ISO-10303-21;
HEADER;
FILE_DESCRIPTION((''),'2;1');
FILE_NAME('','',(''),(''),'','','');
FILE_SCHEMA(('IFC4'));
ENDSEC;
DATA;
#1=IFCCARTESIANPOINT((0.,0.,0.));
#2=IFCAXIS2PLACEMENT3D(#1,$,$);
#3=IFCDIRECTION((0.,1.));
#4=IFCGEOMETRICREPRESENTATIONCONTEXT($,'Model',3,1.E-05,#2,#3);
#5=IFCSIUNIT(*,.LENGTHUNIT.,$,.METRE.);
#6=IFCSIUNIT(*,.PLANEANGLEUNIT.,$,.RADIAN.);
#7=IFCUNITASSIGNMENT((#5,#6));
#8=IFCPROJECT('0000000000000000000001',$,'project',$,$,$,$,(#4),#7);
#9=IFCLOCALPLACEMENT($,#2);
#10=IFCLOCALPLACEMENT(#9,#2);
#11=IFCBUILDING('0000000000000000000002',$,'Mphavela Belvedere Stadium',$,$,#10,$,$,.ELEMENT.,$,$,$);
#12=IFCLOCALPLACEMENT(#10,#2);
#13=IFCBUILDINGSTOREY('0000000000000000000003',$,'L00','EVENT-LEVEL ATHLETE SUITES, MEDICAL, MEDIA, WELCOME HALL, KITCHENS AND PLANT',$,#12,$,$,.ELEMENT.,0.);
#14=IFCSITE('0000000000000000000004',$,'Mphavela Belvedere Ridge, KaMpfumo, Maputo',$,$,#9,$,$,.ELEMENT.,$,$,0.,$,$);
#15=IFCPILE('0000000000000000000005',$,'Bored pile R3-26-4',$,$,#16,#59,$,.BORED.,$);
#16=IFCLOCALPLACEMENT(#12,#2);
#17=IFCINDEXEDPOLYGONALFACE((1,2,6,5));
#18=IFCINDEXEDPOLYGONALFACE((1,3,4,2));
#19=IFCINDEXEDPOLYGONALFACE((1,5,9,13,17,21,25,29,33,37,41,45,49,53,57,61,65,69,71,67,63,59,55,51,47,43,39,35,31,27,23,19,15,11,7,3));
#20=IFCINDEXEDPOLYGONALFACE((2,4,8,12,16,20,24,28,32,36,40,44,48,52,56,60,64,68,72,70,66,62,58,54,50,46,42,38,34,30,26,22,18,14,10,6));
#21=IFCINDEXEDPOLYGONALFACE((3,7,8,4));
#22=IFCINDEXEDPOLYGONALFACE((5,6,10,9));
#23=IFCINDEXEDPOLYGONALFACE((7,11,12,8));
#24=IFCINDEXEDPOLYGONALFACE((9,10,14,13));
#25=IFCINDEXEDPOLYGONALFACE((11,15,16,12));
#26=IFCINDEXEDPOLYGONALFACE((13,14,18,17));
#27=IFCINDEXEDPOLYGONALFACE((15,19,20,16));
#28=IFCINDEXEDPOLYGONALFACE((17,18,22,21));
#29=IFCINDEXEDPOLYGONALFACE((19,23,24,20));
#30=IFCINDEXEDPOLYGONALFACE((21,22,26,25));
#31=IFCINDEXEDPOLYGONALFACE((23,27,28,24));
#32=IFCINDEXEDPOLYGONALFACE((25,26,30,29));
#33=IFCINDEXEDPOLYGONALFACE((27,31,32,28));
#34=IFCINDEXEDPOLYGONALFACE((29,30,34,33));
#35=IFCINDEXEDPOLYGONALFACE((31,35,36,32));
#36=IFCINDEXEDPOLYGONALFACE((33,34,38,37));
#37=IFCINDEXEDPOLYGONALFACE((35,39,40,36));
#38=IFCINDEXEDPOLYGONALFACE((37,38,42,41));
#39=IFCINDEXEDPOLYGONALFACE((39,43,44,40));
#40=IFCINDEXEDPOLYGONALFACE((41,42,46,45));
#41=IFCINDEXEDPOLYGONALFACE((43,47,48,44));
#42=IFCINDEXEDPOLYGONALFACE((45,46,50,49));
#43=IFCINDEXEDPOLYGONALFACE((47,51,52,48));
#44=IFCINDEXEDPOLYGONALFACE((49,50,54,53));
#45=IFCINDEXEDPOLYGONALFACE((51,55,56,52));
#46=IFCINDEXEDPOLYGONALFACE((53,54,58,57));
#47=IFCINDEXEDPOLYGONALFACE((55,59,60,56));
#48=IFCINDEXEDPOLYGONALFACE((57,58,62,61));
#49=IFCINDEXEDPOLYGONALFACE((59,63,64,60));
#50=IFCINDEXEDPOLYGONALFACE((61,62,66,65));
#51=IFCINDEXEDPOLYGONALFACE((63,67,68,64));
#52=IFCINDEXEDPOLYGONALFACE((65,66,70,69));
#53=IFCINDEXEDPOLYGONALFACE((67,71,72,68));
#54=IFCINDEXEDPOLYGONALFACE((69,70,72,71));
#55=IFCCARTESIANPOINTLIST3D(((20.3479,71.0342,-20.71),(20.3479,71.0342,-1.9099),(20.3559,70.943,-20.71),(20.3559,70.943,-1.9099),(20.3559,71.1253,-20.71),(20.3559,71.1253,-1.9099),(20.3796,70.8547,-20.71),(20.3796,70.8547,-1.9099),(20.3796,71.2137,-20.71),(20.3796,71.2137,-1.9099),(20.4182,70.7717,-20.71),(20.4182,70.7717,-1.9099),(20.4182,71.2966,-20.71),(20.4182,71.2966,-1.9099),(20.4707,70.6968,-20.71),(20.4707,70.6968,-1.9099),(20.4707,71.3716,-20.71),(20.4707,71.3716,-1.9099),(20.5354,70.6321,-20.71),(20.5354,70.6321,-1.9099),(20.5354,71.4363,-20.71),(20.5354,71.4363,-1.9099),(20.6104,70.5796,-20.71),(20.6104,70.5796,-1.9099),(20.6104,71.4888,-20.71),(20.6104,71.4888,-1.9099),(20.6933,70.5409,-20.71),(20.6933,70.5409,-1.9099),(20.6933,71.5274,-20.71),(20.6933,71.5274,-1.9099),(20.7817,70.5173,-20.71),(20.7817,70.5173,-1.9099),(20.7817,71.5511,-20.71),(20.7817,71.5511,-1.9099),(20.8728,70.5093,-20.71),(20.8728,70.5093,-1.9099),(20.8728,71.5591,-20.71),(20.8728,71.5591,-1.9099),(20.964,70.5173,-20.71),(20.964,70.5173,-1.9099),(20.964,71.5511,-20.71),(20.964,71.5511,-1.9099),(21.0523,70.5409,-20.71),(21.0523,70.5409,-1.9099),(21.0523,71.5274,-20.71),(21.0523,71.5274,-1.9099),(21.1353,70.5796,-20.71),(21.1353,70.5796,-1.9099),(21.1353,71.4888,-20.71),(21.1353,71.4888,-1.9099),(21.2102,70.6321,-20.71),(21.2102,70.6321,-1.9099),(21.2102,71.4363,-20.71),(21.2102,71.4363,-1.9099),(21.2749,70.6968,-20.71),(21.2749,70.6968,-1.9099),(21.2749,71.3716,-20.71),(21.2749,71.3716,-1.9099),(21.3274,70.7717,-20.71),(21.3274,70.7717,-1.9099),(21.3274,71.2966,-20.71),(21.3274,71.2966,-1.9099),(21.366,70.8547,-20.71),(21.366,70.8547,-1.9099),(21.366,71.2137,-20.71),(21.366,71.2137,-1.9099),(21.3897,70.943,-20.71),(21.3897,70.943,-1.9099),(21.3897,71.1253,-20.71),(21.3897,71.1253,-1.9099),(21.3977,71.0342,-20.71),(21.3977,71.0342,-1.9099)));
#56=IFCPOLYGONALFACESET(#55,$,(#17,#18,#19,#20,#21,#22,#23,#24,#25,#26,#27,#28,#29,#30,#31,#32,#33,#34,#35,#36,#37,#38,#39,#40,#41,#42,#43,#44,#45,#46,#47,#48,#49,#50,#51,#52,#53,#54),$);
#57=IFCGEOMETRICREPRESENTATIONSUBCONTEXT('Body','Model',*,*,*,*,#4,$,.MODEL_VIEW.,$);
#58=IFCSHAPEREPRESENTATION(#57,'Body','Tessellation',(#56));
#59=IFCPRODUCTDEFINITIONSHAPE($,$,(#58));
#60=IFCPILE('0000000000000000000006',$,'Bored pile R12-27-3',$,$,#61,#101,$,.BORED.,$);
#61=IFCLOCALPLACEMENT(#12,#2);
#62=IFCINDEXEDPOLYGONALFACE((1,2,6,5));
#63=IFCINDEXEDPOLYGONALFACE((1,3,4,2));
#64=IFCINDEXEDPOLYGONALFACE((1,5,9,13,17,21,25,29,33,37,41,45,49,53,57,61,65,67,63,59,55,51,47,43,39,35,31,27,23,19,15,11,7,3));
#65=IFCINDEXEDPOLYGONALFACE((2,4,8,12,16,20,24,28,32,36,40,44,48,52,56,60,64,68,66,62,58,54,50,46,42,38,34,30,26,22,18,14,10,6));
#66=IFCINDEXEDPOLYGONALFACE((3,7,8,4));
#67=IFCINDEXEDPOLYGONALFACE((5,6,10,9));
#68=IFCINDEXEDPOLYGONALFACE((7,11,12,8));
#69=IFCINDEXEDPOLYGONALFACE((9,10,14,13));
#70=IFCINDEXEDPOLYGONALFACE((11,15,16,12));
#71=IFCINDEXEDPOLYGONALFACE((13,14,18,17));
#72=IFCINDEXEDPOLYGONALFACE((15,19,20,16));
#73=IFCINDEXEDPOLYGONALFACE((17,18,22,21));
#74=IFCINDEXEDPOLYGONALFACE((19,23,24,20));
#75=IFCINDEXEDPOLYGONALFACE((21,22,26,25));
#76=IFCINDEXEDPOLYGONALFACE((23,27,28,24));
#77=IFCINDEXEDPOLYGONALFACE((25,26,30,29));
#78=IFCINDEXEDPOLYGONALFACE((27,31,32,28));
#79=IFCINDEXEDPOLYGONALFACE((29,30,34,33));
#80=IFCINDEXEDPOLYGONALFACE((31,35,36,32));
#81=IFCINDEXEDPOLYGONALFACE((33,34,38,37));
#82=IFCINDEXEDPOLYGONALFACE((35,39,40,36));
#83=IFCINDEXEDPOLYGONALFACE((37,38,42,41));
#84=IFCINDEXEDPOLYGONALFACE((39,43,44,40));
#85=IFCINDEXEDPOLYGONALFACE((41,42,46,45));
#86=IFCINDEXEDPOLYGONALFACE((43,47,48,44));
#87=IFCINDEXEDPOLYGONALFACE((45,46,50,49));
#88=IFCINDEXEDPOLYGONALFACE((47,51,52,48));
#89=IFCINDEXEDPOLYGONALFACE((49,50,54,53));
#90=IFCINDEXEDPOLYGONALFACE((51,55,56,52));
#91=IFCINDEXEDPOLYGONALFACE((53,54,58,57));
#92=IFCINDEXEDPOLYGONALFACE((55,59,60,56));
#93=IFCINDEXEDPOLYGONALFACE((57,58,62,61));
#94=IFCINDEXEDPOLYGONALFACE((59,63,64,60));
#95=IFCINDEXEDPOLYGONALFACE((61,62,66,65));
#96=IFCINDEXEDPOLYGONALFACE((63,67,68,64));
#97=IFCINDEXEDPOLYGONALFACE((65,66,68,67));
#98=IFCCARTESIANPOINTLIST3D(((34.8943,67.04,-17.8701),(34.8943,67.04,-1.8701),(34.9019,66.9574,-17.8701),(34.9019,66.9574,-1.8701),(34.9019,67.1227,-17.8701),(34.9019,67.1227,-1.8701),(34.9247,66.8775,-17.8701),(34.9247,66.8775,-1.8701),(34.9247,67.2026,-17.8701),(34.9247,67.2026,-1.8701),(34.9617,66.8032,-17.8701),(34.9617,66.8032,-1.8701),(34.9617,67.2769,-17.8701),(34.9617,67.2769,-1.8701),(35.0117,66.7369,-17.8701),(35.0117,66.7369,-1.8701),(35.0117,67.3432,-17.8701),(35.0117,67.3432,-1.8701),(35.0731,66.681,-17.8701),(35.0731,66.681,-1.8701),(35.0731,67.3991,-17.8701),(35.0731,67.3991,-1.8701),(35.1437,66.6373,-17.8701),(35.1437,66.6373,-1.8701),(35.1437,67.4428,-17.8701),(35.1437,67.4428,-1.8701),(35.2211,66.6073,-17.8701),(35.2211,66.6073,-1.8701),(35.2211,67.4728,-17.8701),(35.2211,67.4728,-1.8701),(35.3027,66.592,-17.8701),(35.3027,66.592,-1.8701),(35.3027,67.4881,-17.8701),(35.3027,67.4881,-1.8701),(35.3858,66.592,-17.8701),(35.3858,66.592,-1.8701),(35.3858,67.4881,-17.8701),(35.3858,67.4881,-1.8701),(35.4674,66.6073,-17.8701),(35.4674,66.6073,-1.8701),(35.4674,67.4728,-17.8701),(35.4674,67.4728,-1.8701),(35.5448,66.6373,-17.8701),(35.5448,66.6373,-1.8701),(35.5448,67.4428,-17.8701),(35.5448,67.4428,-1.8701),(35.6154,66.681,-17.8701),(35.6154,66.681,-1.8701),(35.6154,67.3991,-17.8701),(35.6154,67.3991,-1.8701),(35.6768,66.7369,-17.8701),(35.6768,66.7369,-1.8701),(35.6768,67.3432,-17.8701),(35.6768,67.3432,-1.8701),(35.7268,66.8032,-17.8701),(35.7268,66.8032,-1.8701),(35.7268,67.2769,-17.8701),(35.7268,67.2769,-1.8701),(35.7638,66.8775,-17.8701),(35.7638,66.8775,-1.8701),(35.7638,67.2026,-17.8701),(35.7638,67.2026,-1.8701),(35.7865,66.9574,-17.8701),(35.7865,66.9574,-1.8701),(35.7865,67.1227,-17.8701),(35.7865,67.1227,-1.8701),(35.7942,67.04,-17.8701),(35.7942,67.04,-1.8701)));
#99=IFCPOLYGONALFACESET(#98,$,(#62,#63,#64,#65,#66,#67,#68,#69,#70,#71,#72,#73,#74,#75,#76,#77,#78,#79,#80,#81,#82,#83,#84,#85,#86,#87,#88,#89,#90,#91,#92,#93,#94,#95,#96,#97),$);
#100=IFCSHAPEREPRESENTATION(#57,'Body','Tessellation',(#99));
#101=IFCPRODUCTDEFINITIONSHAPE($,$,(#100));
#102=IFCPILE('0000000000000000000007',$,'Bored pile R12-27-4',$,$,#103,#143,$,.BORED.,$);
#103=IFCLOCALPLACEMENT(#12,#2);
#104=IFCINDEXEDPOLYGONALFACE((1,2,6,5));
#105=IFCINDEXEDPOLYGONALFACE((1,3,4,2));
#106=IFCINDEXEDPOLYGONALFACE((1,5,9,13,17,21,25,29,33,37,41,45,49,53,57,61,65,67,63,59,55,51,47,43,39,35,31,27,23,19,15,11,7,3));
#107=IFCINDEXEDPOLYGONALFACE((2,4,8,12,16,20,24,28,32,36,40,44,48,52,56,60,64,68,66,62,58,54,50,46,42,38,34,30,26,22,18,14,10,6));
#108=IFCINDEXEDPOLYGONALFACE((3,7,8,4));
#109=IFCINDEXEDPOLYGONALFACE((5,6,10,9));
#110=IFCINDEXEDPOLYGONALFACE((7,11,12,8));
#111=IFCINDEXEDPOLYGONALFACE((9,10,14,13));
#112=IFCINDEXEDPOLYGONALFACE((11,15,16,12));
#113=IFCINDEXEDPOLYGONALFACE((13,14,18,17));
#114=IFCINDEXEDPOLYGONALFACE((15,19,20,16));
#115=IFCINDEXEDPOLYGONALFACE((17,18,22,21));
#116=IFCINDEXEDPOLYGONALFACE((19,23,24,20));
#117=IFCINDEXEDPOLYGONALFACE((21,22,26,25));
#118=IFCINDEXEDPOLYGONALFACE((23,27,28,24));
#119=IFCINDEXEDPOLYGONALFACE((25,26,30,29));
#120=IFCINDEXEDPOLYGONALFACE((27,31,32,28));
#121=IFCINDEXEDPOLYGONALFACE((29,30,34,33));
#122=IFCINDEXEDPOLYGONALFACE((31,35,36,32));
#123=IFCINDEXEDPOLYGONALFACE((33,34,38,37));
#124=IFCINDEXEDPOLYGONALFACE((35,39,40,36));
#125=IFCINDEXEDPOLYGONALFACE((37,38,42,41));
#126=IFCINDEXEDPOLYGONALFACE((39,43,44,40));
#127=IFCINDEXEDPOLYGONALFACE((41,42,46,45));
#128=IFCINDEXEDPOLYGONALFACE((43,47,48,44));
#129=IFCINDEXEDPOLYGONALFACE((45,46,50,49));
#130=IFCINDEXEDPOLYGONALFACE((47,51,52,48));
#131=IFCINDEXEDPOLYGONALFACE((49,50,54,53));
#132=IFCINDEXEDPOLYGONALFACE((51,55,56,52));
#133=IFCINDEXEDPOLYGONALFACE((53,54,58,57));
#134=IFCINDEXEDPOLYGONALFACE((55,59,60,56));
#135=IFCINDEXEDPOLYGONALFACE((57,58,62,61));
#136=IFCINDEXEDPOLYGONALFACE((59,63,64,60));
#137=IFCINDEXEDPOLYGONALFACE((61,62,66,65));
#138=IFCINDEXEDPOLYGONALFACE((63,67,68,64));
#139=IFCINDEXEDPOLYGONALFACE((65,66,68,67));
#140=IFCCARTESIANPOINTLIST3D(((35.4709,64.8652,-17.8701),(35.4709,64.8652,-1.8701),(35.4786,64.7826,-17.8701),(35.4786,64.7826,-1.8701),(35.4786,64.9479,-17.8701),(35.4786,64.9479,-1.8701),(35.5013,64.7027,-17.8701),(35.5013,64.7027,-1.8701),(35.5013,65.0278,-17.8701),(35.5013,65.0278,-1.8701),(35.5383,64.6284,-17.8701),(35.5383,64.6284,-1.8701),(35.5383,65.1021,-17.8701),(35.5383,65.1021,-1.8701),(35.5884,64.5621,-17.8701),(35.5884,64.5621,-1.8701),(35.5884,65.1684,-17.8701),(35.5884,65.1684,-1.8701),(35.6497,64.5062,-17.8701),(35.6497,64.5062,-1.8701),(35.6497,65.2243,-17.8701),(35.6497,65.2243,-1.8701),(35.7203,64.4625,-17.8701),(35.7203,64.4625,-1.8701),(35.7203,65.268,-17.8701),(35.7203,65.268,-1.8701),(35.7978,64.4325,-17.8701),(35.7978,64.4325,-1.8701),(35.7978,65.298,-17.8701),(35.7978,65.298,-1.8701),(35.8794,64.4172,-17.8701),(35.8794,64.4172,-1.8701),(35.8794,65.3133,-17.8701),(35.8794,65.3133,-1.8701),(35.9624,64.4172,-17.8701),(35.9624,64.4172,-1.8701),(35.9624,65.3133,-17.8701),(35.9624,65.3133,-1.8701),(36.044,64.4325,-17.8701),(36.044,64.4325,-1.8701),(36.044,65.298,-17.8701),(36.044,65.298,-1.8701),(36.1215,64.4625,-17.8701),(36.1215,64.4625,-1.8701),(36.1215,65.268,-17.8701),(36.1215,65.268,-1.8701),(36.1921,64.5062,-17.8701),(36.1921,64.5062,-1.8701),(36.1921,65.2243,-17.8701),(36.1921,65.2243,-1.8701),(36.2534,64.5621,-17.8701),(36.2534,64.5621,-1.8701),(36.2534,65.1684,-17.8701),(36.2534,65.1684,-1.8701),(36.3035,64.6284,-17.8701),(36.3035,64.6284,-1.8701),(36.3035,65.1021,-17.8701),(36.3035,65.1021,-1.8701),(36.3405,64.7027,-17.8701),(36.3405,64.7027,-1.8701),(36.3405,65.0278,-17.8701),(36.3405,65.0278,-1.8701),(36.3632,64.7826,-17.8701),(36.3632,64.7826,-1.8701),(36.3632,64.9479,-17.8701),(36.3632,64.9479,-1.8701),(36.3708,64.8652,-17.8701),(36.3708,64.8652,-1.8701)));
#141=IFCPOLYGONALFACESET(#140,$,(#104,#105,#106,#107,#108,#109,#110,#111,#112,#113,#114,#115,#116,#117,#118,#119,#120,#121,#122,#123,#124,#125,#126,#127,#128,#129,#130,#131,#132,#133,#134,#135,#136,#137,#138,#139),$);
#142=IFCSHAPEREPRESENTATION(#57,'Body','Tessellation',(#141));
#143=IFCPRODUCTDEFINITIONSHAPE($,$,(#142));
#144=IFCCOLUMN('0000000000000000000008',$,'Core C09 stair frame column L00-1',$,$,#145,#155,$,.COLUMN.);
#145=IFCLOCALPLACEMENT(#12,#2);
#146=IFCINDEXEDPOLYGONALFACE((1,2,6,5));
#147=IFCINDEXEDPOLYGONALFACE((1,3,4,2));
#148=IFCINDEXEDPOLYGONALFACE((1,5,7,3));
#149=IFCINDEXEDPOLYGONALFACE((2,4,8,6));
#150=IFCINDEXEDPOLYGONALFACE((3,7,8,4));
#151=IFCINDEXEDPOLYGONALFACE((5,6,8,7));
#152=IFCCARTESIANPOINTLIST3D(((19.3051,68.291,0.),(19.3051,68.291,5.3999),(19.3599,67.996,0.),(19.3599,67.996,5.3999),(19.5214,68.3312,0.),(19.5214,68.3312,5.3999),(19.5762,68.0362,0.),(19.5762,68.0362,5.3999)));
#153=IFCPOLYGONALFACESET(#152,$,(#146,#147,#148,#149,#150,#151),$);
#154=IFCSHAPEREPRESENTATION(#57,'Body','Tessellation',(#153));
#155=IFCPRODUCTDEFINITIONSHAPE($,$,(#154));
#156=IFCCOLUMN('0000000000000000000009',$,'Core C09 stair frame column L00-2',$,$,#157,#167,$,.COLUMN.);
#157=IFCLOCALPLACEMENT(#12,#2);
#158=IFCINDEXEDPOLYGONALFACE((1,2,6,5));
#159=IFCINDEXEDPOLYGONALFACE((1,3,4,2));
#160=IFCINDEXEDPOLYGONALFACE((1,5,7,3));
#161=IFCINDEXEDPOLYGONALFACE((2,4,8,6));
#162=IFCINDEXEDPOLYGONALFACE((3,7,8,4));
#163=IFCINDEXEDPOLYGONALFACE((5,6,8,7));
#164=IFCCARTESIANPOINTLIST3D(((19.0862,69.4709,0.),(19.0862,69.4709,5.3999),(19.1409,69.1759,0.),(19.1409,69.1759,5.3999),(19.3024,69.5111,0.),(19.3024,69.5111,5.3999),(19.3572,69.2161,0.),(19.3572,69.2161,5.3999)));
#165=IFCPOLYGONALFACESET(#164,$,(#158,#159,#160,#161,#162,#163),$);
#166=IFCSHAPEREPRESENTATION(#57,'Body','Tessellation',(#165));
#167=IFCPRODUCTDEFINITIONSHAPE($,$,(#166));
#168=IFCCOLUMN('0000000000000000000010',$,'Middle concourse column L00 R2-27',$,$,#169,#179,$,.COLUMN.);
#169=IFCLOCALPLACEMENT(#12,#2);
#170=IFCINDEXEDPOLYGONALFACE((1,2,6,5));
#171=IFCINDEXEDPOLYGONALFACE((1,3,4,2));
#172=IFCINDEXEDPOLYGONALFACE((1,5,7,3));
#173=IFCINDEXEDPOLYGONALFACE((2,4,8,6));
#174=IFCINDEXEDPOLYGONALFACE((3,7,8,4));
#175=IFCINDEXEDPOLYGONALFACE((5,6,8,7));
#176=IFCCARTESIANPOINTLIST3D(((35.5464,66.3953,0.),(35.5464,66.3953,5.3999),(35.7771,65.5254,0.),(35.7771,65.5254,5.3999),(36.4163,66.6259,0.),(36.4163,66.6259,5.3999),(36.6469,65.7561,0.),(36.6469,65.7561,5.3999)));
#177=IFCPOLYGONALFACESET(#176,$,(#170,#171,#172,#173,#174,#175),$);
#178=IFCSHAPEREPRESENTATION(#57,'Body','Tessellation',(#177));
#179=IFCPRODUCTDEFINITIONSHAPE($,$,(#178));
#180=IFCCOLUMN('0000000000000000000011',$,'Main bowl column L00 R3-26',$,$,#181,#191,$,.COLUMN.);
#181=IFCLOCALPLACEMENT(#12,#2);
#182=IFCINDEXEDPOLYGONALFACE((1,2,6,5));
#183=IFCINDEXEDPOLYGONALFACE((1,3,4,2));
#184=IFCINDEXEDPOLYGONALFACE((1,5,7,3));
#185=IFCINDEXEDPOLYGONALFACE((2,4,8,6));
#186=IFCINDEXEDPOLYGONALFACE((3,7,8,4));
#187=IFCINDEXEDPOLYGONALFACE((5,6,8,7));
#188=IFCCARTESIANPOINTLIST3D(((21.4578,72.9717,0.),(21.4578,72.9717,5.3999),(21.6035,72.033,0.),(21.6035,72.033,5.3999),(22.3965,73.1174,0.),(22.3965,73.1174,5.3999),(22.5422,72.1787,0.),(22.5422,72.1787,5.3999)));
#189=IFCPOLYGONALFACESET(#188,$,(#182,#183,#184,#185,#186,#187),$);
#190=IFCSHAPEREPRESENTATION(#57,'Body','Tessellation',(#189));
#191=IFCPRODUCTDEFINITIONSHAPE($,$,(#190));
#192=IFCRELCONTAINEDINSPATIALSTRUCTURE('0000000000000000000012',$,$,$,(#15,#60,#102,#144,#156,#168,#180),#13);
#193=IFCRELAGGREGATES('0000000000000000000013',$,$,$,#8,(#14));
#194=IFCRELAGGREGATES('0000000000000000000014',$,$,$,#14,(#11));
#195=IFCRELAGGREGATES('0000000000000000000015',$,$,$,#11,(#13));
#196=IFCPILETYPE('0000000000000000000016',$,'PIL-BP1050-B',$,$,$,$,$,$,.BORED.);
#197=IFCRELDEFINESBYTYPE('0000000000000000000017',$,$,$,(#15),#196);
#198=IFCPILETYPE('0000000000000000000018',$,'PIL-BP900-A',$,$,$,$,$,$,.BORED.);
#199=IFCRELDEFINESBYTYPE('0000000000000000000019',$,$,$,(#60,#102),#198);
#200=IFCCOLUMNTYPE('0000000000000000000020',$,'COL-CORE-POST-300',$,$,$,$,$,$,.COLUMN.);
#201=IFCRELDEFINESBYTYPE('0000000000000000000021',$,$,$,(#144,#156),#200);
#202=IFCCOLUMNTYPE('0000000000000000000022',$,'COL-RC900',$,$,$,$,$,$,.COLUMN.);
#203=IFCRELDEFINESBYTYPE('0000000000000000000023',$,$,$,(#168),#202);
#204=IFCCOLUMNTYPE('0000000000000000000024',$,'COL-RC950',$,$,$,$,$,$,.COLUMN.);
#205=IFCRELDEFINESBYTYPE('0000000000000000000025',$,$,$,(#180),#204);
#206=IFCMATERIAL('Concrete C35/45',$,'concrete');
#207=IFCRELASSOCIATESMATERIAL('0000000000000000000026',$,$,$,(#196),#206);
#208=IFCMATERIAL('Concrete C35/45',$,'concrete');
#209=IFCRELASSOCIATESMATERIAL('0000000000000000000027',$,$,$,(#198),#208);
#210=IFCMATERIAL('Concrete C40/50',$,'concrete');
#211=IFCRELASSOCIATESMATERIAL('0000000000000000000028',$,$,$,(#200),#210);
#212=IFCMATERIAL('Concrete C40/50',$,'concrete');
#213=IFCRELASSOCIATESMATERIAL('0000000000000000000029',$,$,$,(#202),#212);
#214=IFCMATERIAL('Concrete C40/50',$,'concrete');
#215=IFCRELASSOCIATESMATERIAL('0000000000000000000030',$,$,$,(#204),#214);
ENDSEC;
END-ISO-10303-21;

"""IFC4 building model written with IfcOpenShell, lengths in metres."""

from ifc_helpers import new_model, si_unit, direction, frame, origin, origin_2d, place, context, subcontext, project, spatial, rectangle, circle, extrude, material, material_profile, profile_set, type_object, element, save


model = new_model("IFC4")

# Units and contexts
model_context = context("Model", 3, precision=1e-05, world=origin(), true_north=direction((0.0, 1.0)))
body_context = subcontext(model_context, "Body", "Model", "MODEL_VIEW")
ifc_project = project(units=[si_unit("LENGTHUNIT", "METRE"), si_unit("PLANEANGLEUNIT", "RADIAN")], contexts=[model_context])

# Site, building, storey
site_placement = place(None, origin())
site = spatial("IfcSite", under=ifc_project, at=site_placement, Name="Mphavela Belvedere Ridge, KaMpfumo, Maputo", CompositionType="ELEMENT", RefElevation=0.0)
building_placement = place(site_placement, origin())
building = spatial("IfcBuilding", under=site, at=building_placement, Name="Mphavela Belvedere Stadium", CompositionType="ELEMENT")
storey_placement = place(building_placement, origin())
storey = spatial("IfcBuildingStorey", under=building, at=storey_placement, Name="L00", Description="EVENT-LEVEL ATHLETE SUITES, MEDICAL, MEDIA, WELCOME HALL, KITCHENS AND PLANT", CompositionType="ELEMENT", Elevation=0.0)

# Piles
ifc_material_1 = material(Name="Concrete C35/45", Category="concrete")
ifc_material_profile_1 = material_profile(ifc_material_1, circle(Radius=0.5249, at=origin_2d()), Name="BP D1050")
ifc_profile_set_1 = profile_set([ifc_material_profile_1], Name="Concrete C35/45")
pile_type_1 = type_object("IfcPileType", Name="PIL-BP1050-B", PredefinedType="BORED", material=ifc_profile_set_1)
for number, where, z_axis, x_axis, name in (
    (1, (20.8728, 71.0342, -1.9099), (0.0, 0.0, -1.0), (1.0, 0.0, 0.0), "Bored pile R3-26-4"),
):
    element("IfcPile", number, at=place(storey_placement, frame(where, z_axis=z_axis, x_axis=x_axis)), inside=storey, type_object=pile_type_1, Name=name, PredefinedType="BORED", context=body_context, shape_type="SweptSolid", body=[
        extrude(circle(Radius=0.5249, at=origin_2d()), origin(), (0.0, 0.0, 1.0), 18.8),
    ])
ifc_material_2 = material(Name="Concrete C35/45", Category="concrete")
ifc_material_profile_2 = material_profile(ifc_material_2, circle(Radius=0.45, at=origin_2d()), Name="BP D900")
ifc_profile_set_2 = profile_set([ifc_material_profile_2], Name="Concrete C35/45")
pile_type_2 = type_object("IfcPileType", Name="PIL-BP900-A", PredefinedType="BORED", material=ifc_profile_set_2)
for number, where, z_axis, x_axis, name in (
    (2, (35.3442, 67.04, -1.8701), (0.0, 0.0, -1.0), (1.0, 0.0, 0.0), "Bored pile R12-27-3"),
    (3, (35.9209, 64.8652, -1.8701), (0.0, 0.0, -1.0), (1.0, 0.0, 0.0), "Bored pile R12-27-4"),
):
    element("IfcPile", number, at=place(storey_placement, frame(where, z_axis=z_axis, x_axis=x_axis)), inside=storey, type_object=pile_type_2, Name=name, PredefinedType="BORED", context=body_context, shape_type="SweptSolid", body=[
        extrude(circle(Radius=0.45, at=origin_2d()), origin(), (0.0, 0.0, 1.0), 16.0),
    ])

# Columns
ifc_material_3 = material(Name="Concrete C40/50", Category="concrete")
ifc_material_profile_3 = material_profile(ifc_material_3, rectangle(XDim=0.3, YDim=0.22, at=origin_2d()), Name="RC 300x220")
ifc_profile_set_3 = profile_set([ifc_material_profile_3], Name="Concrete C40/50")
column_type_1 = type_object("IfcColumnType", Name="COL-CORE-POST-300", PredefinedType="COLUMN", material=ifc_profile_set_3)
for number, where, z_axis, x_axis, name in (
    (4, (19.4407, 68.1636, 0.0), (0.0, 0.0, 1.0), (-0.182579, 0.983191, 0.0), "Core C09 stair frame column L00-1"),
    (5, (19.2217, 69.3435, 0.0), (0.0, 0.0, 1.0), (-0.182579, 0.983191, 0.0), "Core C09 stair frame column L00-2"),
):
    element("IfcColumn", number, at=place(storey_placement, frame(where, z_axis=z_axis, x_axis=x_axis)), inside=storey, type_object=column_type_1, Name=name, PredefinedType="COLUMN", context=body_context, shape_type="SweptSolid", body=[
        extrude(rectangle(XDim=0.3, YDim=0.22, at=origin_2d()), origin(), (0.0, 0.0, 1.0), 5.3999),
    ])
ifc_material_4 = material(Name="Concrete C40/50", Category="concrete")
ifc_material_profile_4 = material_profile(ifc_material_4, rectangle(XDim=0.8999, YDim=0.8999, at=origin_2d()), Name="RC 900x900")
ifc_profile_set_4 = profile_set([ifc_material_profile_4], Name="Concrete C40/50")
column_type_2 = type_object("IfcColumnType", Name="COL-RC900", PredefinedType="COLUMN", material=ifc_profile_set_4)
column_1_placement = place(storey_placement, frame((36.0967, 66.0757, 0.0), z_axis=(0.0, 0.0, 1.0), x_axis=(-0.9666, -0.256289, 0.0)))
element("IfcColumn", 6, at=column_1_placement, inside=storey, type_object=column_type_2, Name="Middle concourse column L00 R2-27", PredefinedType="COLUMN", context=body_context, shape_type="SweptSolid", body=[
    extrude(rectangle(XDim=0.8999, YDim=0.8999, at=origin_2d()), origin(), (0.0, 0.0, 1.0), 5.3999),
])
ifc_material_5 = material(Name="Concrete C40/50", Category="concrete")
ifc_material_profile_5 = material_profile(ifc_material_5, rectangle(XDim=0.95, YDim=0.95, at=origin_2d()), Name="RC 950x950")
ifc_profile_set_5 = profile_set([ifc_material_profile_5], Name="Concrete C40/50")
column_type_3 = type_object("IfcColumnType", Name="COL-RC950", PredefinedType="COLUMN", material=ifc_profile_set_5)
column_2_placement = place(storey_placement, frame((22.0, 72.5752, 0.0), z_axis=(0.0, 0.0, 1.0), x_axis=(-0.988175, -0.153331, 0.0)))
element("IfcColumn", 7, at=column_2_placement, inside=storey, type_object=column_type_3, Name="Main bowl column L00 R3-26", PredefinedType="COLUMN", context=body_context, shape_type="SweptSolid", body=[
    extrude(rectangle(XDim=0.95, YDim=0.95, at=origin_2d()), origin(), (0.0, 0.0, 1.0), 5.3999),
])

save(model, "model.ifc")
